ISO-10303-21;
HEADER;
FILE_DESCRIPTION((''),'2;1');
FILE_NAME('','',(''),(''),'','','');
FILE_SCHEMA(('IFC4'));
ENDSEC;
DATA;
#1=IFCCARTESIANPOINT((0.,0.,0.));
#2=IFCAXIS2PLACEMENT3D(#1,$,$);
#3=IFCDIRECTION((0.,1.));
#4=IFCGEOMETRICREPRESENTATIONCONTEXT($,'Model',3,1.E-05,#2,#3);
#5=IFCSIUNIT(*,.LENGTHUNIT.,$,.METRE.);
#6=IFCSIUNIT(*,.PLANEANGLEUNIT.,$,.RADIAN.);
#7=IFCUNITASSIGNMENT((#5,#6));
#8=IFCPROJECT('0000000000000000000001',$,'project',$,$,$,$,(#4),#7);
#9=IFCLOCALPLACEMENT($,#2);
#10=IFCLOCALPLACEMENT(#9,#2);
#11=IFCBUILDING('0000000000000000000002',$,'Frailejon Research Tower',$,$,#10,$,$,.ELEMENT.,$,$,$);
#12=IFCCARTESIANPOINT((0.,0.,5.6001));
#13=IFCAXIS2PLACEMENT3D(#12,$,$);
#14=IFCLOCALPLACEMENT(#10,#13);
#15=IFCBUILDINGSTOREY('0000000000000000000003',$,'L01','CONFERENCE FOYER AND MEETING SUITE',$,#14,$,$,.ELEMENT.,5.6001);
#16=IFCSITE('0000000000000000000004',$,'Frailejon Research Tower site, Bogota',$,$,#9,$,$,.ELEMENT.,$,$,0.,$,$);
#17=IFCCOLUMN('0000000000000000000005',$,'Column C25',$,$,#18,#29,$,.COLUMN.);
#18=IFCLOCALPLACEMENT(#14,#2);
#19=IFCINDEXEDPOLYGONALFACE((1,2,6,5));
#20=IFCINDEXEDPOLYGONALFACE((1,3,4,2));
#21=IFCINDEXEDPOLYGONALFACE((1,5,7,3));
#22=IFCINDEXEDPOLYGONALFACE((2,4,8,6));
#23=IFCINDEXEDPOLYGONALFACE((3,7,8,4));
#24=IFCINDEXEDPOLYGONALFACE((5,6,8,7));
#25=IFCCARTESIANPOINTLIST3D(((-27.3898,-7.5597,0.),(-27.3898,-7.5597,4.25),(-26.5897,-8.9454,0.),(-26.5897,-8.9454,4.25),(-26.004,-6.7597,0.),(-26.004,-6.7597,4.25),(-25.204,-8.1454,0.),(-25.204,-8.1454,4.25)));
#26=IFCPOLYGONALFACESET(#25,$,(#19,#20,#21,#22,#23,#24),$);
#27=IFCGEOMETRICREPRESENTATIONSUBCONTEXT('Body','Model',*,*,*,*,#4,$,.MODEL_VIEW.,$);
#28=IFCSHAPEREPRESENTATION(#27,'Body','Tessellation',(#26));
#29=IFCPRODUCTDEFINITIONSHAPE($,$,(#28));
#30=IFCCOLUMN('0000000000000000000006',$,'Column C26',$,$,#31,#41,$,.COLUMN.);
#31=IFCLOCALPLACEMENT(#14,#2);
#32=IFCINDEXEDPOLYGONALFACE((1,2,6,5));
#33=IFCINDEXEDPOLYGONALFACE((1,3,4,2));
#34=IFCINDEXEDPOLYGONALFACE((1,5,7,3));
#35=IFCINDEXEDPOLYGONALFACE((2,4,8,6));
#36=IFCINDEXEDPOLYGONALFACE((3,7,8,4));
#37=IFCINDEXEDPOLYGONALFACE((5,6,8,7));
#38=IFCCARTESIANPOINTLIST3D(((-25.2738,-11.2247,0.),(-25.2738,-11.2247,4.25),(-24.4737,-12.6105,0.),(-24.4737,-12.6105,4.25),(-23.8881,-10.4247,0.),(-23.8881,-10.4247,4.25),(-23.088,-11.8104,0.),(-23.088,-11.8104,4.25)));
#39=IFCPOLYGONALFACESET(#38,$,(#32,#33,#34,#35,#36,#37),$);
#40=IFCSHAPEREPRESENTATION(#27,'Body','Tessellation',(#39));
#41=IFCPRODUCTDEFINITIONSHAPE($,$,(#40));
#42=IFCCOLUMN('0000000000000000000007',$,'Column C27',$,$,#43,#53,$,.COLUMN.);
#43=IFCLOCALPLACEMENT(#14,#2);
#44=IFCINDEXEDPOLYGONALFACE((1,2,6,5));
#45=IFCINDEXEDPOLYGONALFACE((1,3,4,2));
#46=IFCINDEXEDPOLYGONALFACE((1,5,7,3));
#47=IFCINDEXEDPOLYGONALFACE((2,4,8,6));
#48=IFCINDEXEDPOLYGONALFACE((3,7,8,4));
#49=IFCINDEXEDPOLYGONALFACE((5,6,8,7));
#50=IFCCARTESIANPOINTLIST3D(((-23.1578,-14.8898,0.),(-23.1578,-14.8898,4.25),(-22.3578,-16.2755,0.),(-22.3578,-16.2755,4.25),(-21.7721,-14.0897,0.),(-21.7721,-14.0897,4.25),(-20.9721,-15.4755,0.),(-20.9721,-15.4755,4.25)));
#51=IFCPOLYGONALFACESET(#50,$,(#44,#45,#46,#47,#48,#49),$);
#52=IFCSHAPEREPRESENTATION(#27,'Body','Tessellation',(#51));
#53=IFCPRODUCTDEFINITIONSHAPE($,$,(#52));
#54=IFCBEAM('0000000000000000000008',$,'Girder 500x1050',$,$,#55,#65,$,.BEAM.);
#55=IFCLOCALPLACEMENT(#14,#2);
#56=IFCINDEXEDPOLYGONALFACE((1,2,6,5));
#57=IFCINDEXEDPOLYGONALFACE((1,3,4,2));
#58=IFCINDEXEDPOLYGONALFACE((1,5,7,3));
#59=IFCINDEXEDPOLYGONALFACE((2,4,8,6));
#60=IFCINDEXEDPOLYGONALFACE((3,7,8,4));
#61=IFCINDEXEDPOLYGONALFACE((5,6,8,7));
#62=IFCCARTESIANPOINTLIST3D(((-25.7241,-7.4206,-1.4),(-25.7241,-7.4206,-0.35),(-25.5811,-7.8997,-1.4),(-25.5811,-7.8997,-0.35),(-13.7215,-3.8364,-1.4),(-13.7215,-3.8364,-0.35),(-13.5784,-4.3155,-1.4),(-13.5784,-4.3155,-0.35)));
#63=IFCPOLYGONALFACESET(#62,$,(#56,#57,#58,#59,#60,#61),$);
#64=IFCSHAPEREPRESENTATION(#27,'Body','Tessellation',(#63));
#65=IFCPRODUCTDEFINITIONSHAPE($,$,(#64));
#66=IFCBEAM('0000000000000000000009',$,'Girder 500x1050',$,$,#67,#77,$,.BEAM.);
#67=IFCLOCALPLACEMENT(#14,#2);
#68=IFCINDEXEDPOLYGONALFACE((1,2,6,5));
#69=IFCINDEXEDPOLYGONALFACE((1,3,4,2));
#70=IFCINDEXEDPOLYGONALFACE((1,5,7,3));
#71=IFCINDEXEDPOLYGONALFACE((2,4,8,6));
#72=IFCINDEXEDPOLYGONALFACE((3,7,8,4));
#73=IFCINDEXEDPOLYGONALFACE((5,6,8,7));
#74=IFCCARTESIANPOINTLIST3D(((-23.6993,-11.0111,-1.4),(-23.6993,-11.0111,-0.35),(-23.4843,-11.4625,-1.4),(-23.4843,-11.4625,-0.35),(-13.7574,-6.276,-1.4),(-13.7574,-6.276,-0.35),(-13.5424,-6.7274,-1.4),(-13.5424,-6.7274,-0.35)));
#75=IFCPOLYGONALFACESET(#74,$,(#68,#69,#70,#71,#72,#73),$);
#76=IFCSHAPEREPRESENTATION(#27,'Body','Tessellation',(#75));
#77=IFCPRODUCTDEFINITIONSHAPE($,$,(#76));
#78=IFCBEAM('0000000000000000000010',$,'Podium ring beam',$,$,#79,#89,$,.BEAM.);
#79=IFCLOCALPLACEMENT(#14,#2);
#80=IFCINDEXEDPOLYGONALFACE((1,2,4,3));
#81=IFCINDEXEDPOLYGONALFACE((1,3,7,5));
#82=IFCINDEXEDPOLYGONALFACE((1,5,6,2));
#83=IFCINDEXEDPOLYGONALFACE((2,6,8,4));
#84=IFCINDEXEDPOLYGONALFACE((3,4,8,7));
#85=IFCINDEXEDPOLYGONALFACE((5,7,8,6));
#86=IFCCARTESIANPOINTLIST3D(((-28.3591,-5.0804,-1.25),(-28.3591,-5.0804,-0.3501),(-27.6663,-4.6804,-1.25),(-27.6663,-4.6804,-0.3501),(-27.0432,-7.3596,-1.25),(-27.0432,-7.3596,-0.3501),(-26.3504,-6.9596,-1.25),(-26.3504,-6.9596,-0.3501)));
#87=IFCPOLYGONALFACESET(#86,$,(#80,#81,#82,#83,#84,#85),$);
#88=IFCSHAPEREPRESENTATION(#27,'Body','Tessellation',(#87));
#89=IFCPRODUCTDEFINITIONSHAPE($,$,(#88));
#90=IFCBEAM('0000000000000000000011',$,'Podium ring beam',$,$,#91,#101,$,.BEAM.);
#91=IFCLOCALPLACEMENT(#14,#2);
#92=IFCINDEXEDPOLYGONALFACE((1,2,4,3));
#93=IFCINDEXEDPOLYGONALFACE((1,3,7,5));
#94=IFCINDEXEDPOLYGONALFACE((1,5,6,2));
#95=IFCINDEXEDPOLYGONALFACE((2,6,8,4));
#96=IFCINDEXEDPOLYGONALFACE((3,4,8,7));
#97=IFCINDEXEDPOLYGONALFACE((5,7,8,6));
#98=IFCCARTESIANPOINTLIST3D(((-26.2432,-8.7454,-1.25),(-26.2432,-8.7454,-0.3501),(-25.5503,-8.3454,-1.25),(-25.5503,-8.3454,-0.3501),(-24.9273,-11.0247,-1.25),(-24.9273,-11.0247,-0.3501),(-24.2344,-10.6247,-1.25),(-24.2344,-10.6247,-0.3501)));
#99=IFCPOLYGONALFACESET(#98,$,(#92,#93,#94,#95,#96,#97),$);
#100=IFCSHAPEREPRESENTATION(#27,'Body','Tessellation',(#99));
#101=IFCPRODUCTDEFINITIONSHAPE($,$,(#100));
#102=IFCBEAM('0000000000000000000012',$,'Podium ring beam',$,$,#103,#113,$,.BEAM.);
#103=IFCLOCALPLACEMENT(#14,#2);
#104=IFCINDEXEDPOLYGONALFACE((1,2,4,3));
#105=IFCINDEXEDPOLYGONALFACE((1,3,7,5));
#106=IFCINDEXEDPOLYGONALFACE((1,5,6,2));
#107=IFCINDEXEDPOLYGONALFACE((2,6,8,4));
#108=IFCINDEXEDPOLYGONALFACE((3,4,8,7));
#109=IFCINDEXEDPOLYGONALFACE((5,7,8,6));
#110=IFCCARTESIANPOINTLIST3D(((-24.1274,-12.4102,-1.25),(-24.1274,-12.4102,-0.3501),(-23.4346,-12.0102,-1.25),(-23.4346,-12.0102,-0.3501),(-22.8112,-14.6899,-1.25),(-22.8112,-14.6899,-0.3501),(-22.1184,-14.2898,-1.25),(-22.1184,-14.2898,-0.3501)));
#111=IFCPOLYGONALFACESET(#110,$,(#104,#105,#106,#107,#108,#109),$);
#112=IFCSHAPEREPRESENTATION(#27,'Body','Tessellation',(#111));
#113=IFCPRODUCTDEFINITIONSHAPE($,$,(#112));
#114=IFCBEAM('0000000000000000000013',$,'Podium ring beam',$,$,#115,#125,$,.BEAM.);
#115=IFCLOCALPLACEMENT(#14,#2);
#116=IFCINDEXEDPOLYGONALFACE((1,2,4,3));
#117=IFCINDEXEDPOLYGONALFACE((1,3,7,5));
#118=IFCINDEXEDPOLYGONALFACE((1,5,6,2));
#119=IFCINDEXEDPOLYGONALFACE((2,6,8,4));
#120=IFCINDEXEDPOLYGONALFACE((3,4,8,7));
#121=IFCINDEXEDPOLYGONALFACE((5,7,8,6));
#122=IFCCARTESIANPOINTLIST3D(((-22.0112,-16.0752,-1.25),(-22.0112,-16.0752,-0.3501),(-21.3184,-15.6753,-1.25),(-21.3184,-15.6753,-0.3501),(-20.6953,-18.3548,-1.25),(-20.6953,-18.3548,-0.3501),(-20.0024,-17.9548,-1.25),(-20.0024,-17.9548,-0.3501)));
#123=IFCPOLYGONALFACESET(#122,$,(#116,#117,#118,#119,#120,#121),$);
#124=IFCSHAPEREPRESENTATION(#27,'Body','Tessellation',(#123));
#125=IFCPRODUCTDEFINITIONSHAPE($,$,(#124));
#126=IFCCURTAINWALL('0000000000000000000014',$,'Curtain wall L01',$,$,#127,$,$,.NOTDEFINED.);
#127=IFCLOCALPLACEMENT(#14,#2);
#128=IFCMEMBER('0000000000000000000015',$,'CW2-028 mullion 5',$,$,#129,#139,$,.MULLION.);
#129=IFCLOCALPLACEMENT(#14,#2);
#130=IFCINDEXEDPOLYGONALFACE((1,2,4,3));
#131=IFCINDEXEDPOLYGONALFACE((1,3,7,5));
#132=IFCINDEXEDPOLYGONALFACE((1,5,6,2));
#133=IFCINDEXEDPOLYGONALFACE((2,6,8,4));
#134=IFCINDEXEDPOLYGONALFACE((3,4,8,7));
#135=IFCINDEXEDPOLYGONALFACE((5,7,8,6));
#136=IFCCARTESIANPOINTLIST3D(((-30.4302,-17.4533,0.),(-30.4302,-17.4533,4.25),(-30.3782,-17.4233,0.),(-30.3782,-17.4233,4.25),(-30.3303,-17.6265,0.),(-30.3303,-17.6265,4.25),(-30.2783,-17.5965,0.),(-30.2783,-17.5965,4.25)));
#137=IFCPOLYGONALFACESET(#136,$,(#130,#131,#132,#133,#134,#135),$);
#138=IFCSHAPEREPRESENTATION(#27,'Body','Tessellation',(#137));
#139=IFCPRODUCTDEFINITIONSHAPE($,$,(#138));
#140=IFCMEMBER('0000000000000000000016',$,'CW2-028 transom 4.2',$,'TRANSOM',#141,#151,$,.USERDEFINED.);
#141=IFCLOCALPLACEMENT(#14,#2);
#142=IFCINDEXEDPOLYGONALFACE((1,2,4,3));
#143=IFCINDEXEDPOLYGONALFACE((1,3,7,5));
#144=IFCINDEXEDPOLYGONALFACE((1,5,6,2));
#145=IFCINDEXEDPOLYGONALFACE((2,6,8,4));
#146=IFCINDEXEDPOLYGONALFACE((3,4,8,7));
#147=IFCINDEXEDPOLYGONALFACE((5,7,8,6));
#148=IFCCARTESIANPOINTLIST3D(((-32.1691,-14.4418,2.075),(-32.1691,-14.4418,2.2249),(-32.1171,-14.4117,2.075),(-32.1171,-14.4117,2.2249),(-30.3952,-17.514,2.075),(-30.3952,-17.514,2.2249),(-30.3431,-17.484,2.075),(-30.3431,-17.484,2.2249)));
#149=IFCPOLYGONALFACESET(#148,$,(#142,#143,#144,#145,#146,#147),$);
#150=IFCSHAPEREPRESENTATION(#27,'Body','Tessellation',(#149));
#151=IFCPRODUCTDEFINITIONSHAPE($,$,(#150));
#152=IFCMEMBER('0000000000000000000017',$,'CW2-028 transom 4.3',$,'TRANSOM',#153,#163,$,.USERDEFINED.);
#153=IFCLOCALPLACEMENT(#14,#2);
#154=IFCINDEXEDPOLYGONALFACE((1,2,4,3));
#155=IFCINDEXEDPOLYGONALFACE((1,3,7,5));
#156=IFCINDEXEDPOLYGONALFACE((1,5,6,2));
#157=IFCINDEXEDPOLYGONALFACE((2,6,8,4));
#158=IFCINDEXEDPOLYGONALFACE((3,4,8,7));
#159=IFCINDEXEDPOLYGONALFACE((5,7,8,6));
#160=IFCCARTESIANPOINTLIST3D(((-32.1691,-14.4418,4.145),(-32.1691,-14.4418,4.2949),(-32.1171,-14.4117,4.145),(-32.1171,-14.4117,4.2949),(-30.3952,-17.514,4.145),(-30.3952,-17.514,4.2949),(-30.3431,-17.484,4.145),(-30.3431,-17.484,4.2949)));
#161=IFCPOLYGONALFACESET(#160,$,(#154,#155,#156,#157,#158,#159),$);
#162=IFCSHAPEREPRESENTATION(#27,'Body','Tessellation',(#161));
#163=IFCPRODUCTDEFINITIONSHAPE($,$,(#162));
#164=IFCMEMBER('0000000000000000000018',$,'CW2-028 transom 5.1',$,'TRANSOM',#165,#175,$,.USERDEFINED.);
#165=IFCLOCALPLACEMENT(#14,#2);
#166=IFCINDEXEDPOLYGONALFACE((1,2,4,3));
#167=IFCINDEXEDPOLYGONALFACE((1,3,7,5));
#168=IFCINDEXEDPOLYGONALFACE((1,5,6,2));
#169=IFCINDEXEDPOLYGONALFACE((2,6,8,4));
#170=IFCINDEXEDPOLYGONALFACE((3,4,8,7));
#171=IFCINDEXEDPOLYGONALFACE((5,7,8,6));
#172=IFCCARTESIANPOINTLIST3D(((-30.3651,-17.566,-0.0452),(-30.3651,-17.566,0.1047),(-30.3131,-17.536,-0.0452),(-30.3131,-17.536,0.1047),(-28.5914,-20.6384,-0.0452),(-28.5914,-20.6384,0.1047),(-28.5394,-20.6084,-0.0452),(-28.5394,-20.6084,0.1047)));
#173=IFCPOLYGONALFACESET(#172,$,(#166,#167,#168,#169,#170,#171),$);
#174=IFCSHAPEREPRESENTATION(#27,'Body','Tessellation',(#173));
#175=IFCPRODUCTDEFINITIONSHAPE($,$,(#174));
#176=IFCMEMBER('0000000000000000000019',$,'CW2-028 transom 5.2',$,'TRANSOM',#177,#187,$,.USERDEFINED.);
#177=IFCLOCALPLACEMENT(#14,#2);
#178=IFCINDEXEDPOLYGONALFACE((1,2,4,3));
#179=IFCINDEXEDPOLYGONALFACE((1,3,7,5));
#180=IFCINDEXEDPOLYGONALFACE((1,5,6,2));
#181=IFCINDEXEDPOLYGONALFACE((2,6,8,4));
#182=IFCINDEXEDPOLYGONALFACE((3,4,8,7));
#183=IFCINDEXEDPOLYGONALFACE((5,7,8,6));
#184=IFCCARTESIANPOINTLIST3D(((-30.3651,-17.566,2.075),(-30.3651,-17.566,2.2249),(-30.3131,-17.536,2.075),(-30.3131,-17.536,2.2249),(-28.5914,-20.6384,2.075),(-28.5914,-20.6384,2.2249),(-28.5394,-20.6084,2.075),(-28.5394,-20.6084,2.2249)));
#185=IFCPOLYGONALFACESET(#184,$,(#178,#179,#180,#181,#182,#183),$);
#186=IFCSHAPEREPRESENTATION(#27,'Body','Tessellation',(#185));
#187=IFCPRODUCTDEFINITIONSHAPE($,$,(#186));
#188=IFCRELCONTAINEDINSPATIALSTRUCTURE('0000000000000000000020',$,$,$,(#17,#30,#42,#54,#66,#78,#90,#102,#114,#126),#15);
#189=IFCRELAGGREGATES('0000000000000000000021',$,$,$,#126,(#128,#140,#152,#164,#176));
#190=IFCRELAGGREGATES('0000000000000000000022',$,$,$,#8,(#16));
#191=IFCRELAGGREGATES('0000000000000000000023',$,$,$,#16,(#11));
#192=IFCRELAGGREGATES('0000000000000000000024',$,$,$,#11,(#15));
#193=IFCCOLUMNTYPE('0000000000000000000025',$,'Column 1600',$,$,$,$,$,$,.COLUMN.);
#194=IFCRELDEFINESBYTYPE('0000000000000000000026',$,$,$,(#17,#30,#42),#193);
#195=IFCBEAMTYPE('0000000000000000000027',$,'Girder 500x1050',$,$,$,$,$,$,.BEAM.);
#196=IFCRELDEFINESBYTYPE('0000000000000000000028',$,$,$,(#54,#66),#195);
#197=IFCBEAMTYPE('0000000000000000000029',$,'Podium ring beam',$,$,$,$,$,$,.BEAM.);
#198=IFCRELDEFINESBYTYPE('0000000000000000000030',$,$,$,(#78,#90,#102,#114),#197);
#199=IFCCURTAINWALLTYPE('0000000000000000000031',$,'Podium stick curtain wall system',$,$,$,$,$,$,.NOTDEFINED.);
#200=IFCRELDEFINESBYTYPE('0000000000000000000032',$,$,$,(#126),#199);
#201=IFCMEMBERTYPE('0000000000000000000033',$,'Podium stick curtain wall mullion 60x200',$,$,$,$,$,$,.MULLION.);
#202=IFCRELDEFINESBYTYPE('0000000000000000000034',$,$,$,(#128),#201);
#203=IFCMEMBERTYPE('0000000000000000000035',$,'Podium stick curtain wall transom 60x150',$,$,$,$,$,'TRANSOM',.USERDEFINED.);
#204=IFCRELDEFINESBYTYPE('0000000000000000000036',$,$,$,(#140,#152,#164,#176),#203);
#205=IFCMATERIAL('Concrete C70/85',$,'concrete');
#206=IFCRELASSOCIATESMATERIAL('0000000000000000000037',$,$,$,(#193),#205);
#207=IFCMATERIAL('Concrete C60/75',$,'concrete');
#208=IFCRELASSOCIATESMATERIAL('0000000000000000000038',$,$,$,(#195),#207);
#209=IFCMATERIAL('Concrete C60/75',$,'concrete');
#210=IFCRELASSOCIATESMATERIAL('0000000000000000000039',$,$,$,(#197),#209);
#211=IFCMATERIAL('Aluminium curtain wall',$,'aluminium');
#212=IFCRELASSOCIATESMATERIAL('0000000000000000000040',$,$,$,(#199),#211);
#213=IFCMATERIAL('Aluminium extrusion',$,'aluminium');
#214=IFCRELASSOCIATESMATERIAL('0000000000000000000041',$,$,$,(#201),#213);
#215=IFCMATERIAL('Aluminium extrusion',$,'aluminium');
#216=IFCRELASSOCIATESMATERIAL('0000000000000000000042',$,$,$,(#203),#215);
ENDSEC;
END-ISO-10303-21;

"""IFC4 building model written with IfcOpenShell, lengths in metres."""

from ifc_helpers import new_model, si_unit, direction, frame, origin, origin_2d, place, context, subcontext, project, spatial, rectangle, extrude, material, material_profile, profile_set, type_object, element, aggregate, save


model = new_model("IFC4")

# Units and contexts
model_context = context("Model", 3, precision=1e-05, world=origin(), true_north=direction((0.0, 1.0)))
body_context = subcontext(model_context, "Body", "Model", "MODEL_VIEW")
ifc_project = project(units=[si_unit("LENGTHUNIT", "METRE"), si_unit("PLANEANGLEUNIT", "RADIAN")], contexts=[model_context])

# Site, building, storey
site_placement = place(None, origin())
site = spatial("IfcSite", under=ifc_project, at=site_placement, Name="Frailejon Research Tower site, Bogota", CompositionType="ELEMENT", RefElevation=0.0)
building_placement = place(site_placement, origin())
building = spatial("IfcBuilding", under=site, at=building_placement, Name="Frailejon Research Tower", CompositionType="ELEMENT")
storey_placement = place(building_placement, frame((0.0, 0.0, 5.6001)))
storey = spatial("IfcBuildingStorey", under=building, at=storey_placement, Name="L01", Description="CONFERENCE FOYER AND MEETING SUITE", CompositionType="ELEMENT", Elevation=5.6001)

# Columns
ifc_material_1 = material(Name="Concrete C70/85", Category="concrete")
ifc_material_profile_1 = material_profile(ifc_material_1, rectangle(XDim=1.6001, YDim=1.6001, at=origin_2d()), Name="Column 1600")
ifc_profile_set_1 = profile_set([ifc_material_profile_1], Name="Concrete C70/85")
column_type = type_object("IfcColumnType", Name="Column 1600", PredefinedType="COLUMN", material=ifc_profile_set_1)
for number, where, z_axis, x_axis, name in (
    (1, (-26.2969, -7.8525, 0.0), (0.0, 0.0, 1.0), (0.5, -0.866025, 0.0), "Column C25"),
    (2, (-24.1809, -11.5176, 0.0), (0.0, 0.0, 1.0), (0.5, -0.866025, 0.0), "Column C26"),
    (3, (-22.0649, -15.1826, 0.0), (0.0, 0.0, 1.0), (0.5, -0.866025, 0.0), "Column C27"),
):
    element("IfcColumn", number, at=place(storey_placement, frame(where, z_axis=z_axis, x_axis=x_axis)), inside=storey, type_object=column_type, Name=name, PredefinedType="COLUMN", context=body_context, shape_type="SweptSolid", body=[
        extrude(rectangle(XDim=1.6001, YDim=1.6001, at=origin_2d()), origin(), (0.0, 0.0, 1.0), 4.25),
    ])

# Beams
ifc_material_2 = material(Name="Concrete C60/75", Category="concrete")
ifc_material_profile_2 = material_profile(ifc_material_2, rectangle(XDim=0.5, YDim=1.05, at=origin_2d()), Name="Girder 500x1050")
ifc_profile_set_2 = profile_set([ifc_material_profile_2], Name="Concrete C60/75")
beam_type_1 = type_object("IfcBeamType", Name="Girder 500x1050", PredefinedType="BEAM", material=ifc_profile_set_2)
beam_1_placement = place(storey_placement, frame((-25.6526, -7.6602, -0.875), z_axis=(0.95819, 0.286134, 0.0), x_axis=(-0.286134, 0.95819, 0.0)))
element("IfcBeam", 4, at=beam_1_placement, inside=storey, type_object=beam_type_1, Name="Girder 500x1050", PredefinedType="BEAM", context=body_context, shape_type="SweptSolid", body=[
    extrude(rectangle(XDim=0.5, YDim=1.05, at=origin_2d()), origin(), (0.0, 0.0, 1.0), 12.5264),
])
beam_2_placement = place(storey_placement, frame((-23.5918, -11.2368, -0.875), z_axis=(0.90283, 0.429998, 0.0), x_axis=(-0.429998, 0.90283, 0.0)))
element("IfcBeam", 5, at=beam_2_placement, inside=storey, type_object=beam_type_1, Name="Girder 500x1050", PredefinedType="BEAM", context=body_context, shape_type="SweptSolid", body=[
    extrude(rectangle(XDim=0.5, YDim=1.05, at=origin_2d()), origin(), (0.0, 0.0, 1.0), 11.012),
])
ifc_material_3 = material(Name="Concrete C60/75", Category="concrete")
ifc_material_profile_3 = material_profile(ifc_material_3, rectangle(XDim=0.8, YDim=0.8999, at=origin_2d()), Name="Podium ring beam")
ifc_profile_set_3 = profile_set([ifc_material_profile_3], Name="Concrete C60/75")
beam_type_2 = type_object("IfcBeamType", Name="Podium ring beam", PredefinedType="BEAM", material=ifc_profile_set_3)
for number, where, z_axis, x_axis, name in (
    (6, (-28.0127, -4.8804, -0.8), (0.49999, -0.866031, 0.0), (0.866031, 0.49999, 0.0), "Podium ring beam"),
    (7, (-25.8967, -8.5454, -0.8), (0.49999, -0.866031, 0.0), (0.866031, 0.49999, 0.0), "Podium ring beam"),
):
    element("IfcBeam", number, at=place(storey_placement, frame(where, z_axis=z_axis, x_axis=x_axis)), inside=storey, type_object=beam_type_2, Name=name, PredefinedType="BEAM", context=body_context, shape_type="SweptSolid", body=[
        extrude(rectangle(XDim=0.8, YDim=0.8999, at=origin_2d()), origin(), (0.0, 0.0, 1.0), 2.6318),
    ])
beam_3_placement = place(storey_placement, frame((-23.781, -12.2102, -0.8), z_axis=(0.50002, -0.866014, 0.0), x_axis=(0.866014, 0.50002, 0.0)))
element("IfcBeam", 8, at=beam_3_placement, inside=storey, type_object=beam_type_2, Name="Podium ring beam", PredefinedType="BEAM", context=body_context, shape_type="SweptSolid", body=[
    extrude(rectangle(XDim=0.8, YDim=0.8999, at=origin_2d()), origin(), (0.0, 0.0, 1.0), 2.6323),
])
beam_4_placement = place(storey_placement, frame((-21.6648, -15.8752, -0.8), z_axis=(0.49995, -0.866054, 0.0), x_axis=(0.866054, 0.49995, 0.0)))
element("IfcBeam", 9, at=beam_4_placement, inside=storey, type_object=beam_type_2, Name="Podium ring beam", PredefinedType="BEAM", context=body_context, shape_type="SweptSolid", body=[
    extrude(rectangle(XDim=0.8, YDim=0.8999, at=origin_2d()), origin(), (0.0, 0.0, 1.0), 2.6321),
])

# Curtain wall, members
ifc_material_4 = material(Name="Aluminium curtain wall", Category="aluminium")
curtain_wall_type = type_object("IfcCurtainWallType", Name="Podium stick curtain wall system", PredefinedType="NOTDEFINED", material=ifc_material_4)
curtain_wall_placement = place(storey_placement, origin())
curtain_wall = element("IfcCurtainWall", 10, at=curtain_wall_placement, inside=storey, type_object=curtain_wall_type, Name="Curtain wall L01", PredefinedType="NOTDEFINED")
ifc_material_5 = material(Name="Aluminium extrusion", Category="aluminium")
ifc_material_profile_4 = material_profile(ifc_material_5, rectangle(XDim=0.0601, YDim=0.2, at=origin_2d()), Name="Podium stick curtain wall mullion 60x200")
ifc_profile_set_4 = profile_set([ifc_material_profile_4], Name="Aluminium extrusion")
member_type_1 = type_object("IfcMemberType", Name="Podium stick curtain wall mullion 60x200", PredefinedType="MULLION", material=ifc_profile_set_4)
member_1_placement = place(storey_placement, frame((-30.3542, -17.5249, 0.0), z_axis=(0.0, 0.0, 1.0), x_axis=(0.866026, 0.499998, 0.0)))
member_1 = element("IfcMember", 11, at=member_1_placement, type_object=member_type_1, Name="CW2-028 mullion 5", PredefinedType="MULLION", context=body_context, shape_type="SweptSolid", body=[
    extrude(rectangle(XDim=0.0601, YDim=0.2, at=origin_2d()), origin(), (0.0, 0.0, 1.0), 4.25),
])
ifc_material_6 = material(Name="Aluminium extrusion", Category="aluminium")
ifc_material_profile_5 = material_profile(ifc_material_6, rectangle(XDim=0.0601, YDim=0.1499, at=origin_2d()), Name="Podium stick curtain wall transom 60x150")
ifc_profile_set_5 = profile_set([ifc_material_profile_5], Name="Aluminium extrusion")
member_type_2 = type_object("IfcMemberType", Name="Podium stick curtain wall transom 60x150", ElementType="TRANSOM", PredefinedType="USERDEFINED", material=ifc_profile_set_5)
member_2_placement = place(storey_placement, frame((-32.1431, -14.4268, 2.1499), z_axis=(0.500032, -0.866007, 0.0), x_axis=(0.866007, 0.500032, 0.0)))
member_2 = element("IfcMember", 12, at=member_2_placement, type_object=member_type_2, Name="CW2-028 transom 4.2", ObjectType="TRANSOM", PredefinedType="USERDEFINED", context=body_context, shape_type="SweptSolid", body=[
    extrude(rectangle(XDim=0.0601, YDim=0.1499, at=origin_2d()), origin(), (0.0, 0.0, 1.0), 3.5476),
])
member_3_placement = place(storey_placement, frame((-32.1431, -14.4268, 4.22), z_axis=(0.500032, -0.866007, 0.0), x_axis=(0.866007, 0.500032, 0.0)))
member_3 = element("IfcMember", 13, at=member_3_placement, type_object=member_type_2, Name="CW2-028 transom 4.3", ObjectType="TRANSOM", PredefinedType="USERDEFINED", context=body_context, shape_type="SweptSolid", body=[
    extrude(rectangle(XDim=0.0601, YDim=0.1499, at=origin_2d()), origin(), (0.0, 0.0, 1.0), 3.5476),
])
member_4_placement = place(storey_placement, frame((-30.3391, -17.551, 0.0298), z_axis=(0.499981, -0.866037, 0.0), x_axis=(0.866037, 0.499981, 0.0)))
member_4 = element("IfcMember", 14, at=member_4_placement, type_object=member_type_2, Name="CW2-028 transom 5.1", ObjectType="TRANSOM", PredefinedType="USERDEFINED", context=body_context, shape_type="SweptSolid", body=[
    extrude(rectangle(XDim=0.0601, YDim=0.1499, at=origin_2d()), origin(), (0.0, 0.0, 1.0), 3.5476),
])
member_5_placement = place(storey_placement, frame((-30.3391, -17.551, 2.1499), z_axis=(0.499981, -0.866037, 0.0), x_axis=(0.866037, 0.499981, 0.0)))
member_5 = element("IfcMember", 15, at=member_5_placement, type_object=member_type_2, Name="CW2-028 transom 5.2", ObjectType="TRANSOM", PredefinedType="USERDEFINED", context=body_context, shape_type="SweptSolid", body=[
    extrude(rectangle(XDim=0.0601, YDim=0.1499, at=origin_2d()), origin(), (0.0, 0.0, 1.0), 3.5476),
])
aggregate(curtain_wall, [member_1, member_2, member_3, member_4, member_5])

save(model, "model.ifc")
